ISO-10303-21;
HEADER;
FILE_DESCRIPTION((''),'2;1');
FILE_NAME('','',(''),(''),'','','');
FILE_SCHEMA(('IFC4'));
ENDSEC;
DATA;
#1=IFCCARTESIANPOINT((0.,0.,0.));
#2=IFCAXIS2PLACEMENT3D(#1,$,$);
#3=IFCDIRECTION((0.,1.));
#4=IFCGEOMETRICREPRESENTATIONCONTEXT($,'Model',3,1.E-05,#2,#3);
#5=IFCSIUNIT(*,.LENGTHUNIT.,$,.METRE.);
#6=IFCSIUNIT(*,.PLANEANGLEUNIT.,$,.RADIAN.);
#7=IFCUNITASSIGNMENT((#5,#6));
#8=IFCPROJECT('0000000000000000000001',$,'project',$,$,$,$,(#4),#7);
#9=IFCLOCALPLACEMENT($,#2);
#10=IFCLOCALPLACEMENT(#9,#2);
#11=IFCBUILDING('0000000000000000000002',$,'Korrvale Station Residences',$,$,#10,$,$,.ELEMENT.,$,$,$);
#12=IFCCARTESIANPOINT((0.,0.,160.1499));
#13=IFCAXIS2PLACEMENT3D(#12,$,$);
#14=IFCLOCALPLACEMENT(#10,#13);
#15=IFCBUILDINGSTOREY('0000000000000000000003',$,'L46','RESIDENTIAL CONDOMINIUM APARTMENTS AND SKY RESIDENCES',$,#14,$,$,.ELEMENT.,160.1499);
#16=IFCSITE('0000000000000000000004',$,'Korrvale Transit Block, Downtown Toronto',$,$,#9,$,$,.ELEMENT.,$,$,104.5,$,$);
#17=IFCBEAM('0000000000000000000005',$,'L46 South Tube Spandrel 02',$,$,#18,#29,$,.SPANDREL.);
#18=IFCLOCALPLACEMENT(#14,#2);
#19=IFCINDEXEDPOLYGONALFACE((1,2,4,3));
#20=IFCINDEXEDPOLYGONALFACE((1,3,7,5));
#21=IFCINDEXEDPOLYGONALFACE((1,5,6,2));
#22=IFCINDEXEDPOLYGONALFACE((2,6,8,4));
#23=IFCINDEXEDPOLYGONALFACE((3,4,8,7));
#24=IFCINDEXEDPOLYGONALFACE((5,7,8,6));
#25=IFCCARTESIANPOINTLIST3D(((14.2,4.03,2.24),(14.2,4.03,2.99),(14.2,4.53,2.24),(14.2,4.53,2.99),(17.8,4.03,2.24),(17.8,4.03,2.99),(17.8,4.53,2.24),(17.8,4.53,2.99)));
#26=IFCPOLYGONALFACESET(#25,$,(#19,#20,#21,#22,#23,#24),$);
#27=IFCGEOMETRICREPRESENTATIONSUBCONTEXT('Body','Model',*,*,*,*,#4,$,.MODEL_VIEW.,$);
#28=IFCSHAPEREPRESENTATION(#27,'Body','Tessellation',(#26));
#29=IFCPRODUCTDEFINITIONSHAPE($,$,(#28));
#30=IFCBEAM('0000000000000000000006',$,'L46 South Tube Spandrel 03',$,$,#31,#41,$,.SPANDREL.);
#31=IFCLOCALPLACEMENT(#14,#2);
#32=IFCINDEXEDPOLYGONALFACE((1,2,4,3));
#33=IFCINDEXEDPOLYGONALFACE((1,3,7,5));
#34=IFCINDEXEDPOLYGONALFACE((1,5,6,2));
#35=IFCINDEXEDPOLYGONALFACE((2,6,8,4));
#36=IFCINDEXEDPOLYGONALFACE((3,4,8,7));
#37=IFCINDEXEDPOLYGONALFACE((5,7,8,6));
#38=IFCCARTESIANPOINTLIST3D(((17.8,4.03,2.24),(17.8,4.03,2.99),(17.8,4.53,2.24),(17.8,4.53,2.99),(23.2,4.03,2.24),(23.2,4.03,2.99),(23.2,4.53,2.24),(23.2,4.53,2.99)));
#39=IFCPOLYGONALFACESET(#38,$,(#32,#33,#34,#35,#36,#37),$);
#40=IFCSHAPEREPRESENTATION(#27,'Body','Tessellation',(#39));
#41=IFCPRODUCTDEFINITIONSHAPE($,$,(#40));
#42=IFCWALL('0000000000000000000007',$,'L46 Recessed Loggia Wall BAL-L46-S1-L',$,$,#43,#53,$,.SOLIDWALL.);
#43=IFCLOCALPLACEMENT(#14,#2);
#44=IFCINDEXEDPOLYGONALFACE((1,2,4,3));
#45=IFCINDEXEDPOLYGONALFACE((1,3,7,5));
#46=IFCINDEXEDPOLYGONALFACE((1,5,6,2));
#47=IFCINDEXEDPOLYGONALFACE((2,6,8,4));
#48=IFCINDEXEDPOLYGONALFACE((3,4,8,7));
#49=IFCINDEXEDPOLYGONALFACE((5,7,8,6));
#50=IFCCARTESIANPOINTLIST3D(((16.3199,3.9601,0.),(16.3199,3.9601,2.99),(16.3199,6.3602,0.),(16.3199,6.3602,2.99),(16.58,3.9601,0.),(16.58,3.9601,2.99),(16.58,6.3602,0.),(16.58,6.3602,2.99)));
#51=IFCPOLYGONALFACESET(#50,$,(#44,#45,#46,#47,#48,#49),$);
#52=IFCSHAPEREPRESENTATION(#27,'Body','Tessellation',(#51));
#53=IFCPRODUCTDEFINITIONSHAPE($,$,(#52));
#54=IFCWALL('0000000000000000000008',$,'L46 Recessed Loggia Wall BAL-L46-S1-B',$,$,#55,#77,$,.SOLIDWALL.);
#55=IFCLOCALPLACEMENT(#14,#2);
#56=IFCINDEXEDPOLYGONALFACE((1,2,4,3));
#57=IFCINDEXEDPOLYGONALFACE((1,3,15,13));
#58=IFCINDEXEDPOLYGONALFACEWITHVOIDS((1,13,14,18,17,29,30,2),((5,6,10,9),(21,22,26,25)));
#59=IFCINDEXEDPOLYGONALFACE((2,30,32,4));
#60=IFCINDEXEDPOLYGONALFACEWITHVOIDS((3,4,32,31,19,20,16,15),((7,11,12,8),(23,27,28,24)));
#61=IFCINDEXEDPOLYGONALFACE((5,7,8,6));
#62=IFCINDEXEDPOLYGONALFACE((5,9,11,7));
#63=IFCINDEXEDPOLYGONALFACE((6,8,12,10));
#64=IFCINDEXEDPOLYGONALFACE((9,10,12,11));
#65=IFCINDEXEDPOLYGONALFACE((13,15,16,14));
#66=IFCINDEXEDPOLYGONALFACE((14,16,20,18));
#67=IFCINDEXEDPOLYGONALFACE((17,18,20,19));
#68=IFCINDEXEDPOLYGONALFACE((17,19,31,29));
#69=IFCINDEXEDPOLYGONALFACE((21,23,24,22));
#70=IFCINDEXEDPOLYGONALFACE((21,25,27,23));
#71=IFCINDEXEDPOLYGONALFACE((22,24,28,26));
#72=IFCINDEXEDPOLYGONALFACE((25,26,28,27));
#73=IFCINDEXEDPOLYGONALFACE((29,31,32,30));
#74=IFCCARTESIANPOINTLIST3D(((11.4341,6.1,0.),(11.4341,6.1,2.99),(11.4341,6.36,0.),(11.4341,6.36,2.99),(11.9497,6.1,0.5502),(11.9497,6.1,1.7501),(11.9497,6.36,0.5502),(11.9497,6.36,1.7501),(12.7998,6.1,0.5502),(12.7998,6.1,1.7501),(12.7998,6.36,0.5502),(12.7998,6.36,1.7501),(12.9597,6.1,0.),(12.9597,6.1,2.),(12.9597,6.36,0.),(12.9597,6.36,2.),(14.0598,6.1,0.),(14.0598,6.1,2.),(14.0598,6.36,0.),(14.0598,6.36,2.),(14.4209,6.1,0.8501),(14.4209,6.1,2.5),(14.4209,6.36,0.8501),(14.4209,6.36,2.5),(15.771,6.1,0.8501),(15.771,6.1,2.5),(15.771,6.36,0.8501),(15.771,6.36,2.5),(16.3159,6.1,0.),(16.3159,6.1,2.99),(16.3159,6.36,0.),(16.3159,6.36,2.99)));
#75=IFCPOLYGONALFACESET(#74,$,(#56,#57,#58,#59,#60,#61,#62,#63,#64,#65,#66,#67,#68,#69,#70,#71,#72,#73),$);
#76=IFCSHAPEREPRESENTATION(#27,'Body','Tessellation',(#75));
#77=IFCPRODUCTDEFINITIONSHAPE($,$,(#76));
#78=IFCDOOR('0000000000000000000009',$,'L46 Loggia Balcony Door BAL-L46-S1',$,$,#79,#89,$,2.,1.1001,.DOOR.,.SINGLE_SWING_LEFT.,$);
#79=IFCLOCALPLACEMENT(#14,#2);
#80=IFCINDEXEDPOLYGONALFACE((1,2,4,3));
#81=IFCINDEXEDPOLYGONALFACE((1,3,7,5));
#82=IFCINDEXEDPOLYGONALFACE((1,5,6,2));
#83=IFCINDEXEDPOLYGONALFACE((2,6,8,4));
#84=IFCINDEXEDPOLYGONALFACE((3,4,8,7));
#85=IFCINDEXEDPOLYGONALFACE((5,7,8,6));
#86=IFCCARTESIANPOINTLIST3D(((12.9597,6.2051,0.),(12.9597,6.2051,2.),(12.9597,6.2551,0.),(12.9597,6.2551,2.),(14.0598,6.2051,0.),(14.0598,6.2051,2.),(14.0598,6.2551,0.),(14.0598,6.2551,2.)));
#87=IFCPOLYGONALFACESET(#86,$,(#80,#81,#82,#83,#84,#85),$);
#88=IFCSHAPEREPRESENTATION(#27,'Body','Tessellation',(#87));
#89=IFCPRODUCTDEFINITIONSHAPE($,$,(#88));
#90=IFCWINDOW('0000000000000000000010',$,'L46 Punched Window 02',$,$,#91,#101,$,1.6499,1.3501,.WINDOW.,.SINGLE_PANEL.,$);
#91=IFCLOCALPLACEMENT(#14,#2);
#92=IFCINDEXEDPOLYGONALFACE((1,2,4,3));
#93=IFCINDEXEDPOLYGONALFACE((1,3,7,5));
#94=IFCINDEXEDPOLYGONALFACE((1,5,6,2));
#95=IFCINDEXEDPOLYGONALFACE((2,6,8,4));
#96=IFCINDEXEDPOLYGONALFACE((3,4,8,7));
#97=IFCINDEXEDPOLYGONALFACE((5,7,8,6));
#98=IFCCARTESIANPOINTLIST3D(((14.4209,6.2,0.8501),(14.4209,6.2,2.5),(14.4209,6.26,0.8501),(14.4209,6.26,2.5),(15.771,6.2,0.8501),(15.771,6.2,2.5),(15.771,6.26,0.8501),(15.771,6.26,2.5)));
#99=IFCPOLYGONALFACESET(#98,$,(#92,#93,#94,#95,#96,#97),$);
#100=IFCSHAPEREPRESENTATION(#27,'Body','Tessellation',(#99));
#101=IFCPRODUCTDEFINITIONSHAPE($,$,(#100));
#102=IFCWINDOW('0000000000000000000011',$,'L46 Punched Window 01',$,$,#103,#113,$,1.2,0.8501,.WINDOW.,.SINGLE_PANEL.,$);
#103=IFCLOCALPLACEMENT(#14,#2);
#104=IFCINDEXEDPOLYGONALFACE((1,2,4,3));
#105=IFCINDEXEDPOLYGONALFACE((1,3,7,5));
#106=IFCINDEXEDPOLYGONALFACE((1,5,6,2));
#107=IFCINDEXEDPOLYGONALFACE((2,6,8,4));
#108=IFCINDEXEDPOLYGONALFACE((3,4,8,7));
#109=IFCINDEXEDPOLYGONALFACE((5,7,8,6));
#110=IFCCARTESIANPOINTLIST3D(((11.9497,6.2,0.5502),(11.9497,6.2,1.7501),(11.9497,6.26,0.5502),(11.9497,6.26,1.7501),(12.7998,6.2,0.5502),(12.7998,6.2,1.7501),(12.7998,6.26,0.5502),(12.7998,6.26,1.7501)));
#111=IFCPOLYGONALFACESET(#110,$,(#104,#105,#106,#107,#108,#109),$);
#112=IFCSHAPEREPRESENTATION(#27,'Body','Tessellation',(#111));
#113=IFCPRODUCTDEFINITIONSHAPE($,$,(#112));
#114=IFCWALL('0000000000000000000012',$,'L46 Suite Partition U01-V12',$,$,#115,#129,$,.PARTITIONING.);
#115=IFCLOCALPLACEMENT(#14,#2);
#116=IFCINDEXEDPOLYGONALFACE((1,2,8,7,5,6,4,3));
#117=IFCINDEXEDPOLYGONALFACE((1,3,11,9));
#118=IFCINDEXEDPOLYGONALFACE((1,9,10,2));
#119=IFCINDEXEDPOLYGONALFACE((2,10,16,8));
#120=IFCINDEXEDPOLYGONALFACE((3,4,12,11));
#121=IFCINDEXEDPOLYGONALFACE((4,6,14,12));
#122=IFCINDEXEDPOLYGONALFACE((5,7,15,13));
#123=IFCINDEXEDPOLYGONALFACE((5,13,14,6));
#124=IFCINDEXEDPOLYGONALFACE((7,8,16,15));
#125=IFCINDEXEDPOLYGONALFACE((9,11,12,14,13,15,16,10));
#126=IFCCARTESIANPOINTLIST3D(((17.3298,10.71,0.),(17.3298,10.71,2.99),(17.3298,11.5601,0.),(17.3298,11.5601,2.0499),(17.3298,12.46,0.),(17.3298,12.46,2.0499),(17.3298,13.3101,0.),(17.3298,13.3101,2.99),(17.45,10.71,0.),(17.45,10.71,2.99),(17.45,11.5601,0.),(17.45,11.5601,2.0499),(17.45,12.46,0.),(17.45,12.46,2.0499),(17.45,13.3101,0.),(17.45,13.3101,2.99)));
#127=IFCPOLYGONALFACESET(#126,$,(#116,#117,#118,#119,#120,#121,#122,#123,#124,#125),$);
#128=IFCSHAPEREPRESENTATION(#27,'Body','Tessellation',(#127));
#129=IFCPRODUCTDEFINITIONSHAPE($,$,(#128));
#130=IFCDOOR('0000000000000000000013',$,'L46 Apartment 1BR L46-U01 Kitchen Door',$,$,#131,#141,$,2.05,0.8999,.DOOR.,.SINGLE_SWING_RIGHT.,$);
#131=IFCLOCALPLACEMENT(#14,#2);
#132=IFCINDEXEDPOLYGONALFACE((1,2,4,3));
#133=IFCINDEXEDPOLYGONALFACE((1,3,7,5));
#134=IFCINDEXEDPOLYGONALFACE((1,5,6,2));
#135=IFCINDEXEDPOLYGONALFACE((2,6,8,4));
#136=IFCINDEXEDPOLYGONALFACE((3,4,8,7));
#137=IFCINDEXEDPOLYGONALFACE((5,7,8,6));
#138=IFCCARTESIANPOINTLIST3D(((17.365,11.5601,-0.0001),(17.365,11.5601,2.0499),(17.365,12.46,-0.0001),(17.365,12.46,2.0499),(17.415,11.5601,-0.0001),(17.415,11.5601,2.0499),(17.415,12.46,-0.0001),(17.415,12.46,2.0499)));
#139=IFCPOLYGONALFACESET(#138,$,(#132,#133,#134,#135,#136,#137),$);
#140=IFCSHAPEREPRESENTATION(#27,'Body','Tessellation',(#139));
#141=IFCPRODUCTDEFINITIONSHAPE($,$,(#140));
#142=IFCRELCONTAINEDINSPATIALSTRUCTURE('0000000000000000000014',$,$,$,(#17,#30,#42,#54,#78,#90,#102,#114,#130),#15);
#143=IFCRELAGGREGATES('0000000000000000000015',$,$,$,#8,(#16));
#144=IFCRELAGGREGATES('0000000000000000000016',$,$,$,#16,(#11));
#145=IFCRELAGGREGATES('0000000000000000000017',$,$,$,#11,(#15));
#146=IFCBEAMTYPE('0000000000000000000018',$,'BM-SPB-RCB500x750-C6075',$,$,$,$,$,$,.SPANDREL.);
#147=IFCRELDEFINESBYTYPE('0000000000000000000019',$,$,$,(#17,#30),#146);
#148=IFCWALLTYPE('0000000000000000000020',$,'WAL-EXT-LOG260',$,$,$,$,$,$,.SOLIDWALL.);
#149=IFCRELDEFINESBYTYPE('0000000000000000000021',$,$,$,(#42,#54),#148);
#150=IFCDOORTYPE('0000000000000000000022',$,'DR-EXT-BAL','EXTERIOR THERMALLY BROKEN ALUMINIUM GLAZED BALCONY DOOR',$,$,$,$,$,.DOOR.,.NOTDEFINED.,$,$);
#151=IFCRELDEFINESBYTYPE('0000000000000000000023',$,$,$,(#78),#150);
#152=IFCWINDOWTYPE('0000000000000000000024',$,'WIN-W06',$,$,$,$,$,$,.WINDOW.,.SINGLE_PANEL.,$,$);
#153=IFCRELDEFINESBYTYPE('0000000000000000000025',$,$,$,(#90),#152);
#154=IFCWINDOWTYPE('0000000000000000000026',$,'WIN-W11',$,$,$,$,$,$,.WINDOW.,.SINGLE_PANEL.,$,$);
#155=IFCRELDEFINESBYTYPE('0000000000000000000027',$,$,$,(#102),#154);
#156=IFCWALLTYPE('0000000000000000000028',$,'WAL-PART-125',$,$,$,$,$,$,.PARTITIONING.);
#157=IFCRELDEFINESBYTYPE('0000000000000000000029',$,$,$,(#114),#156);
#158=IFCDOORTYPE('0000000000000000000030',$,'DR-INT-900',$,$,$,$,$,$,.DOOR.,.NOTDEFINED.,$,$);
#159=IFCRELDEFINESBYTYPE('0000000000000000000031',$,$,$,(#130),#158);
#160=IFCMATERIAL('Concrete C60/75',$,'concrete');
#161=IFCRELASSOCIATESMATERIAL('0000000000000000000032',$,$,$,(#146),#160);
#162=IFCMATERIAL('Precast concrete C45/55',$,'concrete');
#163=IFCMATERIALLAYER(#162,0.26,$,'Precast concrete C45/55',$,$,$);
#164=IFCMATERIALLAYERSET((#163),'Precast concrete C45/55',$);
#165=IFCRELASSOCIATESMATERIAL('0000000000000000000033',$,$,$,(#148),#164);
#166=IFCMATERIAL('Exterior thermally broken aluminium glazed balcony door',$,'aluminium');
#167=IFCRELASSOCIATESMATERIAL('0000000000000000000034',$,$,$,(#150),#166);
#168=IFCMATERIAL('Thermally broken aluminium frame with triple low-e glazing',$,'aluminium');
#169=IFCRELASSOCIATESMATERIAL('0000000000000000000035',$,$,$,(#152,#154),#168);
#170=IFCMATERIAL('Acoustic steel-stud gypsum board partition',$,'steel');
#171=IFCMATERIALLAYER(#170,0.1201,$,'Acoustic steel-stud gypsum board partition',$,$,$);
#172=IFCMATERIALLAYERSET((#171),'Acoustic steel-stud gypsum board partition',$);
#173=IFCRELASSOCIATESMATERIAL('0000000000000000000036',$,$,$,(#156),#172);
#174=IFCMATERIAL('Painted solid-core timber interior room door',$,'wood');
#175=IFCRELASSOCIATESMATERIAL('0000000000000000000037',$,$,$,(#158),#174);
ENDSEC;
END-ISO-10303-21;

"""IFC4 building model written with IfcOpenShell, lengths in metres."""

from ifc_helpers import new_model, si_unit, direction, frame, frame_2d, origin, origin_2d, place, context, subcontext, project, spatial, rectangle, extrude, material, layer, layer_set, material_profile, profile_set, type_object, element, fill, save


model = new_model("IFC4")

# Units and contexts
model_context = context("Model", 3, precision=1e-05, world=origin(), true_north=direction((0.0, 1.0)))
body_context = subcontext(model_context, "Body", "Model", "MODEL_VIEW")
ifc_project = project(units=[si_unit("LENGTHUNIT", "METRE"), si_unit("PLANEANGLEUNIT", "RADIAN")], contexts=[model_context])

# Site, building, storey
site_placement = place(None, origin())
site = spatial("IfcSite", under=ifc_project, at=site_placement, Name="Korrvale Transit Block, Downtown Toronto", CompositionType="ELEMENT", RefElevation=104.5)
building_placement = place(site_placement, origin())
building = spatial("IfcBuilding", under=site, at=building_placement, Name="Korrvale Station Residences", CompositionType="ELEMENT")
storey_placement = place(building_placement, frame((0.0, 0.0, 160.1499)))
storey = spatial("IfcBuildingStorey", under=building, at=storey_placement, Name="L46", Description="RESIDENTIAL CONDOMINIUM APARTMENTS AND SKY RESIDENCES", CompositionType="ELEMENT", Elevation=160.1499)

# Shared definitions
ifc_material_1 = material(Name="Concrete C60/75", Category="concrete")

# Beams
ifc_material_profile_1 = material_profile(ifc_material_1, rectangle(XDim=0.5, YDim=0.75, at=origin_2d()), Name="RCB500x750")
ifc_profile_set_1 = profile_set([ifc_material_profile_1], Name="Concrete C60/75")
beam_type_1 = type_object("IfcBeamType", Name="BM-SPB-RCB500x750-C6075", PredefinedType="SPANDREL", material=ifc_profile_set_1)
beam_1_placement = place(storey_placement, frame((14.2, 4.28, 2.615), z_axis=(1.0, 0.0, 0.0), x_axis=(0.0, 1.0, 0.0)))
element("IfcBeam", 1, at=beam_1_placement, inside=storey, type_object=beam_type_1, Name="L46 South Tube Spandrel 02", PredefinedType="SPANDREL", context=body_context, shape_type="SweptSolid", body=[
    extrude(rectangle(XDim=0.5, YDim=0.75, at=origin_2d()), origin(), (0.0, 0.0, 1.0), 3.6001),
])
beam_2_placement = place(storey_placement, frame((17.8, 4.28, 2.615), z_axis=(1.0, 0.0, 0.0), x_axis=(0.0, 1.0, 0.0)))
element("IfcBeam", 2, at=beam_2_placement, inside=storey, type_object=beam_type_1, Name="L46 South Tube Spandrel 03", PredefinedType="SPANDREL", context=body_context, shape_type="SweptSolid", body=[
    extrude(rectangle(XDim=0.5, YDim=0.75, at=origin_2d()), origin(), (0.0, 0.0, 1.0), 5.3999),
])

# Wall
ifc_material_2 = material(Name="Precast concrete C45/55", Category="concrete")
ifc_layer_1 = layer(ifc_material_2, 0.26, Name="Precast concrete C45/55")
ifc_layer_set_1 = layer_set([ifc_layer_1], Name="Precast concrete C45/55")
wall_type_1 = type_object("IfcWallType", Name="WAL-EXT-LOG260", PredefinedType="SOLIDWALL", material=ifc_layer_set_1)
wall_1_placement = place(storey_placement, frame((16.45, 3.96, 0.0), z_axis=(0.0, 0.0, 1.0), x_axis=(0.0, 1.0, 0.0)))
element("IfcWall", 3, at=wall_1_placement, inside=storey, type_object=wall_type_1, Name="L46 Recessed Loggia Wall BAL-L46-S1-L", PredefinedType="SOLIDWALL", context=body_context, shape_type="SweptSolid", body=[
    extrude(rectangle(XDim=2.4001, YDim=0.26, at=frame_2d((1.2002, 0.0))), origin(), (0.0, 0.0, 1.0), 2.99),
])

# Wall, openings, door, windows
wall_2_placement = place(storey_placement, frame((16.3159, 6.23, 0.0), z_axis=(0.0, 0.0, 1.0), x_axis=(-1.0, 0.0, 0.0)))
wall_2 = element("IfcWall", 4, at=wall_2_placement, inside=storey, type_object=wall_type_1, Name="L46 Recessed Loggia Wall BAL-L46-S1-B", PredefinedType="SOLIDWALL", context=body_context, shape_type="SweptSolid", body=[
    extrude(rectangle(XDim=4.8818, YDim=0.26, at=frame_2d((2.4409, 0.0))), origin(), (0.0, 0.0, 1.0), 2.99),
])
opening_1_placement = place(wall_2_placement, frame((2.2561, 0.0, 0.0)))
opening_1 = element("IfcOpeningElement", 5, at=opening_1_placement, cuts=wall_2, PredefinedType="OPENING", context=body_context, shape_type="SweptSolid", body=[
    extrude(rectangle(XDim=1.1001, YDim=2.0, at=frame_2d((0.55, 1.0))), frame((0.0, 0.1401, 0.0), z_axis=(0.0, -1.0, 0.0), x_axis=(1.0, 0.0, 0.0)), (0.0, 0.0, 1.0), 0.28),
])
opening_2_placement = place(wall_2_placement, frame((3.5161, 0.0, 0.55)))
opening_2 = element("IfcOpeningElement", 6, at=opening_2_placement, cuts=wall_2, PredefinedType="OPENING", context=body_context, shape_type="SweptSolid", body=[
    extrude(rectangle(XDim=0.8501, YDim=1.2, at=frame_2d((0.425, 0.6001))), frame((0.0, 0.1401, 0.0), z_axis=(0.0, -1.0, 0.0), x_axis=(1.0, 0.0, 0.0)), (0.0, 0.0, 1.0), 0.28),
])
opening_3_placement = place(wall_2_placement, frame((0.5449, 0.0, 0.8501)))
opening_3 = element("IfcOpeningElement", 7, at=opening_3_placement, cuts=wall_2, PredefinedType="OPENING", context=body_context, shape_type="SweptSolid", body=[
    extrude(rectangle(XDim=1.3501, YDim=1.6499, at=frame_2d((0.675, 0.825))), frame((0.0, 0.1401, 0.0), z_axis=(0.0, -1.0, 0.0), x_axis=(1.0, 0.0, 0.0)), (0.0, 0.0, 1.0), 0.28),
])
ifc_material_3 = material(Name="Exterior thermally broken aluminium glazed balcony door", Category="aluminium")
door_type_1 = type_object("IfcDoorType", Name="DR-EXT-BAL", Description="EXTERIOR THERMALLY BROKEN ALUMINIUM GLAZED BALCONY DOOR", OperationType="NOTDEFINED", PredefinedType="DOOR", material=ifc_material_3)
door_1_placement = place(opening_1_placement, origin())
door_1 = element("IfcDoor", 8, at=door_1_placement, inside=storey, type_object=door_type_1, Name="L46 Loggia Balcony Door BAL-L46-S1", OperationType="SINGLE_SWING_LEFT", OverallHeight=2.0, OverallWidth=1.1001, PredefinedType="DOOR", context=body_context, shape_type="SweptSolid", body=[
    extrude(rectangle(XDim=1.1001, YDim=2.0, at=frame_2d((0.55, 1.0))), frame((0.0, 0.0249, 0.0), z_axis=(0.0, -1.0, 0.0), x_axis=(1.0, 0.0, 0.0)), (0.0, 0.0, 1.0), 0.05),
])
fill(opening_1, door_1)
ifc_material_4 = material(Name="Thermally broken aluminium frame with triple low-e glazing", Category="aluminium")
window_type_1 = type_object("IfcWindowType", Name="WIN-W06", PartitioningType="SINGLE_PANEL", PredefinedType="WINDOW", material=ifc_material_4)
window_1_placement = place(opening_3_placement, origin())
window_1 = element("IfcWindow", 9, at=window_1_placement, inside=storey, type_object=window_type_1, Name="L46 Punched Window 02", OverallHeight=1.6499, OverallWidth=1.3501, PartitioningType="SINGLE_PANEL", PredefinedType="WINDOW", context=body_context, shape_type="SweptSolid", body=[
    extrude(rectangle(XDim=1.3501, YDim=1.6499, at=frame_2d((0.675, 0.825))), frame((0.0, 0.03, 0.0), z_axis=(0.0, -1.0, 0.0), x_axis=(1.0, 0.0, 0.0)), (0.0, 0.0, 1.0), 0.0601),
])
fill(opening_3, window_1)
window_type_2 = type_object("IfcWindowType", Name="WIN-W11", PartitioningType="SINGLE_PANEL", PredefinedType="WINDOW", material=ifc_material_4)
window_2_placement = place(opening_2_placement, origin())
window_2 = element("IfcWindow", 10, at=window_2_placement, inside=storey, type_object=window_type_2, Name="L46 Punched Window 01", OverallHeight=1.2, OverallWidth=0.8501, PartitioningType="SINGLE_PANEL", PredefinedType="WINDOW", context=body_context, shape_type="SweptSolid", body=[
    extrude(rectangle(XDim=0.8501, YDim=1.2, at=frame_2d((0.425, 0.6001))), frame((0.0, 0.03, 0.0), z_axis=(0.0, -1.0, 0.0), x_axis=(1.0, 0.0, 0.0)), (0.0, 0.0, 1.0), 0.0601),
])
fill(opening_2, window_2)

# Wall, opening, door
ifc_material_5 = material(Name="Acoustic steel-stud gypsum board partition", Category="steel")
ifc_layer_2 = layer(ifc_material_5, 0.1201, Name="Acoustic steel-stud gypsum board partition")
ifc_layer_set_2 = layer_set([ifc_layer_2], Name="Acoustic steel-stud gypsum board partition")
wall_type_2 = type_object("IfcWallType", Name="WAL-PART-125", PredefinedType="PARTITIONING", material=ifc_layer_set_2)
wall_3_placement = place(storey_placement, frame((17.3899, 10.71, 0.0), z_axis=(0.0, 0.0, 1.0), x_axis=(0.0, 1.0, 0.0)))
wall_3 = element("IfcWall", 11, at=wall_3_placement, inside=storey, type_object=wall_type_2, Name="L46 Suite Partition U01-V12", PredefinedType="PARTITIONING", context=body_context, shape_type="SweptSolid", body=[
    extrude(rectangle(XDim=2.6001, YDim=0.1201, at=frame_2d((1.3, 0.0))), origin(), (0.0, 0.0, 1.0), 2.99),
])
opening_4_placement = place(wall_3_placement, frame((0.8501, 0.0, 0.0)))
opening_4 = element("IfcOpeningElement", 12, at=opening_4_placement, cuts=wall_3, PredefinedType="OPENING", context=body_context, shape_type="SweptSolid", body=[
    extrude(rectangle(XDim=0.8999, YDim=2.05, at=frame_2d((0.45, 1.0249))), frame((0.0, 0.0701, 0.0), z_axis=(0.0, -1.0, 0.0), x_axis=(1.0, 0.0, 0.0)), (0.0, 0.0, 1.0), 0.1401),
])
ifc_material_6 = material(Name="Painted solid-core timber interior room door", Category="wood")
door_type_2 = type_object("IfcDoorType", Name="DR-INT-900", OperationType="NOTDEFINED", PredefinedType="DOOR", material=ifc_material_6)
door_2_placement = place(opening_4_placement, origin())
door_2 = element("IfcDoor", 13, at=door_2_placement, inside=storey, type_object=door_type_2, Name="L46 Apartment 1BR L46-U01 Kitchen Door", OperationType="SINGLE_SWING_RIGHT", OverallHeight=2.05, OverallWidth=0.8999, PredefinedType="DOOR", context=body_context, shape_type="SweptSolid", body=[
    extrude(rectangle(XDim=0.8999, YDim=2.05, at=frame_2d((0.45, 1.0249))), frame((0.0, 0.0249, 0.0), z_axis=(0.0, -1.0, 0.0), x_axis=(1.0, 0.0, 0.0)), (0.0, 0.0, 1.0), 0.05),
])
fill(opening_4, door_2)

save(model, "model.ifc")
